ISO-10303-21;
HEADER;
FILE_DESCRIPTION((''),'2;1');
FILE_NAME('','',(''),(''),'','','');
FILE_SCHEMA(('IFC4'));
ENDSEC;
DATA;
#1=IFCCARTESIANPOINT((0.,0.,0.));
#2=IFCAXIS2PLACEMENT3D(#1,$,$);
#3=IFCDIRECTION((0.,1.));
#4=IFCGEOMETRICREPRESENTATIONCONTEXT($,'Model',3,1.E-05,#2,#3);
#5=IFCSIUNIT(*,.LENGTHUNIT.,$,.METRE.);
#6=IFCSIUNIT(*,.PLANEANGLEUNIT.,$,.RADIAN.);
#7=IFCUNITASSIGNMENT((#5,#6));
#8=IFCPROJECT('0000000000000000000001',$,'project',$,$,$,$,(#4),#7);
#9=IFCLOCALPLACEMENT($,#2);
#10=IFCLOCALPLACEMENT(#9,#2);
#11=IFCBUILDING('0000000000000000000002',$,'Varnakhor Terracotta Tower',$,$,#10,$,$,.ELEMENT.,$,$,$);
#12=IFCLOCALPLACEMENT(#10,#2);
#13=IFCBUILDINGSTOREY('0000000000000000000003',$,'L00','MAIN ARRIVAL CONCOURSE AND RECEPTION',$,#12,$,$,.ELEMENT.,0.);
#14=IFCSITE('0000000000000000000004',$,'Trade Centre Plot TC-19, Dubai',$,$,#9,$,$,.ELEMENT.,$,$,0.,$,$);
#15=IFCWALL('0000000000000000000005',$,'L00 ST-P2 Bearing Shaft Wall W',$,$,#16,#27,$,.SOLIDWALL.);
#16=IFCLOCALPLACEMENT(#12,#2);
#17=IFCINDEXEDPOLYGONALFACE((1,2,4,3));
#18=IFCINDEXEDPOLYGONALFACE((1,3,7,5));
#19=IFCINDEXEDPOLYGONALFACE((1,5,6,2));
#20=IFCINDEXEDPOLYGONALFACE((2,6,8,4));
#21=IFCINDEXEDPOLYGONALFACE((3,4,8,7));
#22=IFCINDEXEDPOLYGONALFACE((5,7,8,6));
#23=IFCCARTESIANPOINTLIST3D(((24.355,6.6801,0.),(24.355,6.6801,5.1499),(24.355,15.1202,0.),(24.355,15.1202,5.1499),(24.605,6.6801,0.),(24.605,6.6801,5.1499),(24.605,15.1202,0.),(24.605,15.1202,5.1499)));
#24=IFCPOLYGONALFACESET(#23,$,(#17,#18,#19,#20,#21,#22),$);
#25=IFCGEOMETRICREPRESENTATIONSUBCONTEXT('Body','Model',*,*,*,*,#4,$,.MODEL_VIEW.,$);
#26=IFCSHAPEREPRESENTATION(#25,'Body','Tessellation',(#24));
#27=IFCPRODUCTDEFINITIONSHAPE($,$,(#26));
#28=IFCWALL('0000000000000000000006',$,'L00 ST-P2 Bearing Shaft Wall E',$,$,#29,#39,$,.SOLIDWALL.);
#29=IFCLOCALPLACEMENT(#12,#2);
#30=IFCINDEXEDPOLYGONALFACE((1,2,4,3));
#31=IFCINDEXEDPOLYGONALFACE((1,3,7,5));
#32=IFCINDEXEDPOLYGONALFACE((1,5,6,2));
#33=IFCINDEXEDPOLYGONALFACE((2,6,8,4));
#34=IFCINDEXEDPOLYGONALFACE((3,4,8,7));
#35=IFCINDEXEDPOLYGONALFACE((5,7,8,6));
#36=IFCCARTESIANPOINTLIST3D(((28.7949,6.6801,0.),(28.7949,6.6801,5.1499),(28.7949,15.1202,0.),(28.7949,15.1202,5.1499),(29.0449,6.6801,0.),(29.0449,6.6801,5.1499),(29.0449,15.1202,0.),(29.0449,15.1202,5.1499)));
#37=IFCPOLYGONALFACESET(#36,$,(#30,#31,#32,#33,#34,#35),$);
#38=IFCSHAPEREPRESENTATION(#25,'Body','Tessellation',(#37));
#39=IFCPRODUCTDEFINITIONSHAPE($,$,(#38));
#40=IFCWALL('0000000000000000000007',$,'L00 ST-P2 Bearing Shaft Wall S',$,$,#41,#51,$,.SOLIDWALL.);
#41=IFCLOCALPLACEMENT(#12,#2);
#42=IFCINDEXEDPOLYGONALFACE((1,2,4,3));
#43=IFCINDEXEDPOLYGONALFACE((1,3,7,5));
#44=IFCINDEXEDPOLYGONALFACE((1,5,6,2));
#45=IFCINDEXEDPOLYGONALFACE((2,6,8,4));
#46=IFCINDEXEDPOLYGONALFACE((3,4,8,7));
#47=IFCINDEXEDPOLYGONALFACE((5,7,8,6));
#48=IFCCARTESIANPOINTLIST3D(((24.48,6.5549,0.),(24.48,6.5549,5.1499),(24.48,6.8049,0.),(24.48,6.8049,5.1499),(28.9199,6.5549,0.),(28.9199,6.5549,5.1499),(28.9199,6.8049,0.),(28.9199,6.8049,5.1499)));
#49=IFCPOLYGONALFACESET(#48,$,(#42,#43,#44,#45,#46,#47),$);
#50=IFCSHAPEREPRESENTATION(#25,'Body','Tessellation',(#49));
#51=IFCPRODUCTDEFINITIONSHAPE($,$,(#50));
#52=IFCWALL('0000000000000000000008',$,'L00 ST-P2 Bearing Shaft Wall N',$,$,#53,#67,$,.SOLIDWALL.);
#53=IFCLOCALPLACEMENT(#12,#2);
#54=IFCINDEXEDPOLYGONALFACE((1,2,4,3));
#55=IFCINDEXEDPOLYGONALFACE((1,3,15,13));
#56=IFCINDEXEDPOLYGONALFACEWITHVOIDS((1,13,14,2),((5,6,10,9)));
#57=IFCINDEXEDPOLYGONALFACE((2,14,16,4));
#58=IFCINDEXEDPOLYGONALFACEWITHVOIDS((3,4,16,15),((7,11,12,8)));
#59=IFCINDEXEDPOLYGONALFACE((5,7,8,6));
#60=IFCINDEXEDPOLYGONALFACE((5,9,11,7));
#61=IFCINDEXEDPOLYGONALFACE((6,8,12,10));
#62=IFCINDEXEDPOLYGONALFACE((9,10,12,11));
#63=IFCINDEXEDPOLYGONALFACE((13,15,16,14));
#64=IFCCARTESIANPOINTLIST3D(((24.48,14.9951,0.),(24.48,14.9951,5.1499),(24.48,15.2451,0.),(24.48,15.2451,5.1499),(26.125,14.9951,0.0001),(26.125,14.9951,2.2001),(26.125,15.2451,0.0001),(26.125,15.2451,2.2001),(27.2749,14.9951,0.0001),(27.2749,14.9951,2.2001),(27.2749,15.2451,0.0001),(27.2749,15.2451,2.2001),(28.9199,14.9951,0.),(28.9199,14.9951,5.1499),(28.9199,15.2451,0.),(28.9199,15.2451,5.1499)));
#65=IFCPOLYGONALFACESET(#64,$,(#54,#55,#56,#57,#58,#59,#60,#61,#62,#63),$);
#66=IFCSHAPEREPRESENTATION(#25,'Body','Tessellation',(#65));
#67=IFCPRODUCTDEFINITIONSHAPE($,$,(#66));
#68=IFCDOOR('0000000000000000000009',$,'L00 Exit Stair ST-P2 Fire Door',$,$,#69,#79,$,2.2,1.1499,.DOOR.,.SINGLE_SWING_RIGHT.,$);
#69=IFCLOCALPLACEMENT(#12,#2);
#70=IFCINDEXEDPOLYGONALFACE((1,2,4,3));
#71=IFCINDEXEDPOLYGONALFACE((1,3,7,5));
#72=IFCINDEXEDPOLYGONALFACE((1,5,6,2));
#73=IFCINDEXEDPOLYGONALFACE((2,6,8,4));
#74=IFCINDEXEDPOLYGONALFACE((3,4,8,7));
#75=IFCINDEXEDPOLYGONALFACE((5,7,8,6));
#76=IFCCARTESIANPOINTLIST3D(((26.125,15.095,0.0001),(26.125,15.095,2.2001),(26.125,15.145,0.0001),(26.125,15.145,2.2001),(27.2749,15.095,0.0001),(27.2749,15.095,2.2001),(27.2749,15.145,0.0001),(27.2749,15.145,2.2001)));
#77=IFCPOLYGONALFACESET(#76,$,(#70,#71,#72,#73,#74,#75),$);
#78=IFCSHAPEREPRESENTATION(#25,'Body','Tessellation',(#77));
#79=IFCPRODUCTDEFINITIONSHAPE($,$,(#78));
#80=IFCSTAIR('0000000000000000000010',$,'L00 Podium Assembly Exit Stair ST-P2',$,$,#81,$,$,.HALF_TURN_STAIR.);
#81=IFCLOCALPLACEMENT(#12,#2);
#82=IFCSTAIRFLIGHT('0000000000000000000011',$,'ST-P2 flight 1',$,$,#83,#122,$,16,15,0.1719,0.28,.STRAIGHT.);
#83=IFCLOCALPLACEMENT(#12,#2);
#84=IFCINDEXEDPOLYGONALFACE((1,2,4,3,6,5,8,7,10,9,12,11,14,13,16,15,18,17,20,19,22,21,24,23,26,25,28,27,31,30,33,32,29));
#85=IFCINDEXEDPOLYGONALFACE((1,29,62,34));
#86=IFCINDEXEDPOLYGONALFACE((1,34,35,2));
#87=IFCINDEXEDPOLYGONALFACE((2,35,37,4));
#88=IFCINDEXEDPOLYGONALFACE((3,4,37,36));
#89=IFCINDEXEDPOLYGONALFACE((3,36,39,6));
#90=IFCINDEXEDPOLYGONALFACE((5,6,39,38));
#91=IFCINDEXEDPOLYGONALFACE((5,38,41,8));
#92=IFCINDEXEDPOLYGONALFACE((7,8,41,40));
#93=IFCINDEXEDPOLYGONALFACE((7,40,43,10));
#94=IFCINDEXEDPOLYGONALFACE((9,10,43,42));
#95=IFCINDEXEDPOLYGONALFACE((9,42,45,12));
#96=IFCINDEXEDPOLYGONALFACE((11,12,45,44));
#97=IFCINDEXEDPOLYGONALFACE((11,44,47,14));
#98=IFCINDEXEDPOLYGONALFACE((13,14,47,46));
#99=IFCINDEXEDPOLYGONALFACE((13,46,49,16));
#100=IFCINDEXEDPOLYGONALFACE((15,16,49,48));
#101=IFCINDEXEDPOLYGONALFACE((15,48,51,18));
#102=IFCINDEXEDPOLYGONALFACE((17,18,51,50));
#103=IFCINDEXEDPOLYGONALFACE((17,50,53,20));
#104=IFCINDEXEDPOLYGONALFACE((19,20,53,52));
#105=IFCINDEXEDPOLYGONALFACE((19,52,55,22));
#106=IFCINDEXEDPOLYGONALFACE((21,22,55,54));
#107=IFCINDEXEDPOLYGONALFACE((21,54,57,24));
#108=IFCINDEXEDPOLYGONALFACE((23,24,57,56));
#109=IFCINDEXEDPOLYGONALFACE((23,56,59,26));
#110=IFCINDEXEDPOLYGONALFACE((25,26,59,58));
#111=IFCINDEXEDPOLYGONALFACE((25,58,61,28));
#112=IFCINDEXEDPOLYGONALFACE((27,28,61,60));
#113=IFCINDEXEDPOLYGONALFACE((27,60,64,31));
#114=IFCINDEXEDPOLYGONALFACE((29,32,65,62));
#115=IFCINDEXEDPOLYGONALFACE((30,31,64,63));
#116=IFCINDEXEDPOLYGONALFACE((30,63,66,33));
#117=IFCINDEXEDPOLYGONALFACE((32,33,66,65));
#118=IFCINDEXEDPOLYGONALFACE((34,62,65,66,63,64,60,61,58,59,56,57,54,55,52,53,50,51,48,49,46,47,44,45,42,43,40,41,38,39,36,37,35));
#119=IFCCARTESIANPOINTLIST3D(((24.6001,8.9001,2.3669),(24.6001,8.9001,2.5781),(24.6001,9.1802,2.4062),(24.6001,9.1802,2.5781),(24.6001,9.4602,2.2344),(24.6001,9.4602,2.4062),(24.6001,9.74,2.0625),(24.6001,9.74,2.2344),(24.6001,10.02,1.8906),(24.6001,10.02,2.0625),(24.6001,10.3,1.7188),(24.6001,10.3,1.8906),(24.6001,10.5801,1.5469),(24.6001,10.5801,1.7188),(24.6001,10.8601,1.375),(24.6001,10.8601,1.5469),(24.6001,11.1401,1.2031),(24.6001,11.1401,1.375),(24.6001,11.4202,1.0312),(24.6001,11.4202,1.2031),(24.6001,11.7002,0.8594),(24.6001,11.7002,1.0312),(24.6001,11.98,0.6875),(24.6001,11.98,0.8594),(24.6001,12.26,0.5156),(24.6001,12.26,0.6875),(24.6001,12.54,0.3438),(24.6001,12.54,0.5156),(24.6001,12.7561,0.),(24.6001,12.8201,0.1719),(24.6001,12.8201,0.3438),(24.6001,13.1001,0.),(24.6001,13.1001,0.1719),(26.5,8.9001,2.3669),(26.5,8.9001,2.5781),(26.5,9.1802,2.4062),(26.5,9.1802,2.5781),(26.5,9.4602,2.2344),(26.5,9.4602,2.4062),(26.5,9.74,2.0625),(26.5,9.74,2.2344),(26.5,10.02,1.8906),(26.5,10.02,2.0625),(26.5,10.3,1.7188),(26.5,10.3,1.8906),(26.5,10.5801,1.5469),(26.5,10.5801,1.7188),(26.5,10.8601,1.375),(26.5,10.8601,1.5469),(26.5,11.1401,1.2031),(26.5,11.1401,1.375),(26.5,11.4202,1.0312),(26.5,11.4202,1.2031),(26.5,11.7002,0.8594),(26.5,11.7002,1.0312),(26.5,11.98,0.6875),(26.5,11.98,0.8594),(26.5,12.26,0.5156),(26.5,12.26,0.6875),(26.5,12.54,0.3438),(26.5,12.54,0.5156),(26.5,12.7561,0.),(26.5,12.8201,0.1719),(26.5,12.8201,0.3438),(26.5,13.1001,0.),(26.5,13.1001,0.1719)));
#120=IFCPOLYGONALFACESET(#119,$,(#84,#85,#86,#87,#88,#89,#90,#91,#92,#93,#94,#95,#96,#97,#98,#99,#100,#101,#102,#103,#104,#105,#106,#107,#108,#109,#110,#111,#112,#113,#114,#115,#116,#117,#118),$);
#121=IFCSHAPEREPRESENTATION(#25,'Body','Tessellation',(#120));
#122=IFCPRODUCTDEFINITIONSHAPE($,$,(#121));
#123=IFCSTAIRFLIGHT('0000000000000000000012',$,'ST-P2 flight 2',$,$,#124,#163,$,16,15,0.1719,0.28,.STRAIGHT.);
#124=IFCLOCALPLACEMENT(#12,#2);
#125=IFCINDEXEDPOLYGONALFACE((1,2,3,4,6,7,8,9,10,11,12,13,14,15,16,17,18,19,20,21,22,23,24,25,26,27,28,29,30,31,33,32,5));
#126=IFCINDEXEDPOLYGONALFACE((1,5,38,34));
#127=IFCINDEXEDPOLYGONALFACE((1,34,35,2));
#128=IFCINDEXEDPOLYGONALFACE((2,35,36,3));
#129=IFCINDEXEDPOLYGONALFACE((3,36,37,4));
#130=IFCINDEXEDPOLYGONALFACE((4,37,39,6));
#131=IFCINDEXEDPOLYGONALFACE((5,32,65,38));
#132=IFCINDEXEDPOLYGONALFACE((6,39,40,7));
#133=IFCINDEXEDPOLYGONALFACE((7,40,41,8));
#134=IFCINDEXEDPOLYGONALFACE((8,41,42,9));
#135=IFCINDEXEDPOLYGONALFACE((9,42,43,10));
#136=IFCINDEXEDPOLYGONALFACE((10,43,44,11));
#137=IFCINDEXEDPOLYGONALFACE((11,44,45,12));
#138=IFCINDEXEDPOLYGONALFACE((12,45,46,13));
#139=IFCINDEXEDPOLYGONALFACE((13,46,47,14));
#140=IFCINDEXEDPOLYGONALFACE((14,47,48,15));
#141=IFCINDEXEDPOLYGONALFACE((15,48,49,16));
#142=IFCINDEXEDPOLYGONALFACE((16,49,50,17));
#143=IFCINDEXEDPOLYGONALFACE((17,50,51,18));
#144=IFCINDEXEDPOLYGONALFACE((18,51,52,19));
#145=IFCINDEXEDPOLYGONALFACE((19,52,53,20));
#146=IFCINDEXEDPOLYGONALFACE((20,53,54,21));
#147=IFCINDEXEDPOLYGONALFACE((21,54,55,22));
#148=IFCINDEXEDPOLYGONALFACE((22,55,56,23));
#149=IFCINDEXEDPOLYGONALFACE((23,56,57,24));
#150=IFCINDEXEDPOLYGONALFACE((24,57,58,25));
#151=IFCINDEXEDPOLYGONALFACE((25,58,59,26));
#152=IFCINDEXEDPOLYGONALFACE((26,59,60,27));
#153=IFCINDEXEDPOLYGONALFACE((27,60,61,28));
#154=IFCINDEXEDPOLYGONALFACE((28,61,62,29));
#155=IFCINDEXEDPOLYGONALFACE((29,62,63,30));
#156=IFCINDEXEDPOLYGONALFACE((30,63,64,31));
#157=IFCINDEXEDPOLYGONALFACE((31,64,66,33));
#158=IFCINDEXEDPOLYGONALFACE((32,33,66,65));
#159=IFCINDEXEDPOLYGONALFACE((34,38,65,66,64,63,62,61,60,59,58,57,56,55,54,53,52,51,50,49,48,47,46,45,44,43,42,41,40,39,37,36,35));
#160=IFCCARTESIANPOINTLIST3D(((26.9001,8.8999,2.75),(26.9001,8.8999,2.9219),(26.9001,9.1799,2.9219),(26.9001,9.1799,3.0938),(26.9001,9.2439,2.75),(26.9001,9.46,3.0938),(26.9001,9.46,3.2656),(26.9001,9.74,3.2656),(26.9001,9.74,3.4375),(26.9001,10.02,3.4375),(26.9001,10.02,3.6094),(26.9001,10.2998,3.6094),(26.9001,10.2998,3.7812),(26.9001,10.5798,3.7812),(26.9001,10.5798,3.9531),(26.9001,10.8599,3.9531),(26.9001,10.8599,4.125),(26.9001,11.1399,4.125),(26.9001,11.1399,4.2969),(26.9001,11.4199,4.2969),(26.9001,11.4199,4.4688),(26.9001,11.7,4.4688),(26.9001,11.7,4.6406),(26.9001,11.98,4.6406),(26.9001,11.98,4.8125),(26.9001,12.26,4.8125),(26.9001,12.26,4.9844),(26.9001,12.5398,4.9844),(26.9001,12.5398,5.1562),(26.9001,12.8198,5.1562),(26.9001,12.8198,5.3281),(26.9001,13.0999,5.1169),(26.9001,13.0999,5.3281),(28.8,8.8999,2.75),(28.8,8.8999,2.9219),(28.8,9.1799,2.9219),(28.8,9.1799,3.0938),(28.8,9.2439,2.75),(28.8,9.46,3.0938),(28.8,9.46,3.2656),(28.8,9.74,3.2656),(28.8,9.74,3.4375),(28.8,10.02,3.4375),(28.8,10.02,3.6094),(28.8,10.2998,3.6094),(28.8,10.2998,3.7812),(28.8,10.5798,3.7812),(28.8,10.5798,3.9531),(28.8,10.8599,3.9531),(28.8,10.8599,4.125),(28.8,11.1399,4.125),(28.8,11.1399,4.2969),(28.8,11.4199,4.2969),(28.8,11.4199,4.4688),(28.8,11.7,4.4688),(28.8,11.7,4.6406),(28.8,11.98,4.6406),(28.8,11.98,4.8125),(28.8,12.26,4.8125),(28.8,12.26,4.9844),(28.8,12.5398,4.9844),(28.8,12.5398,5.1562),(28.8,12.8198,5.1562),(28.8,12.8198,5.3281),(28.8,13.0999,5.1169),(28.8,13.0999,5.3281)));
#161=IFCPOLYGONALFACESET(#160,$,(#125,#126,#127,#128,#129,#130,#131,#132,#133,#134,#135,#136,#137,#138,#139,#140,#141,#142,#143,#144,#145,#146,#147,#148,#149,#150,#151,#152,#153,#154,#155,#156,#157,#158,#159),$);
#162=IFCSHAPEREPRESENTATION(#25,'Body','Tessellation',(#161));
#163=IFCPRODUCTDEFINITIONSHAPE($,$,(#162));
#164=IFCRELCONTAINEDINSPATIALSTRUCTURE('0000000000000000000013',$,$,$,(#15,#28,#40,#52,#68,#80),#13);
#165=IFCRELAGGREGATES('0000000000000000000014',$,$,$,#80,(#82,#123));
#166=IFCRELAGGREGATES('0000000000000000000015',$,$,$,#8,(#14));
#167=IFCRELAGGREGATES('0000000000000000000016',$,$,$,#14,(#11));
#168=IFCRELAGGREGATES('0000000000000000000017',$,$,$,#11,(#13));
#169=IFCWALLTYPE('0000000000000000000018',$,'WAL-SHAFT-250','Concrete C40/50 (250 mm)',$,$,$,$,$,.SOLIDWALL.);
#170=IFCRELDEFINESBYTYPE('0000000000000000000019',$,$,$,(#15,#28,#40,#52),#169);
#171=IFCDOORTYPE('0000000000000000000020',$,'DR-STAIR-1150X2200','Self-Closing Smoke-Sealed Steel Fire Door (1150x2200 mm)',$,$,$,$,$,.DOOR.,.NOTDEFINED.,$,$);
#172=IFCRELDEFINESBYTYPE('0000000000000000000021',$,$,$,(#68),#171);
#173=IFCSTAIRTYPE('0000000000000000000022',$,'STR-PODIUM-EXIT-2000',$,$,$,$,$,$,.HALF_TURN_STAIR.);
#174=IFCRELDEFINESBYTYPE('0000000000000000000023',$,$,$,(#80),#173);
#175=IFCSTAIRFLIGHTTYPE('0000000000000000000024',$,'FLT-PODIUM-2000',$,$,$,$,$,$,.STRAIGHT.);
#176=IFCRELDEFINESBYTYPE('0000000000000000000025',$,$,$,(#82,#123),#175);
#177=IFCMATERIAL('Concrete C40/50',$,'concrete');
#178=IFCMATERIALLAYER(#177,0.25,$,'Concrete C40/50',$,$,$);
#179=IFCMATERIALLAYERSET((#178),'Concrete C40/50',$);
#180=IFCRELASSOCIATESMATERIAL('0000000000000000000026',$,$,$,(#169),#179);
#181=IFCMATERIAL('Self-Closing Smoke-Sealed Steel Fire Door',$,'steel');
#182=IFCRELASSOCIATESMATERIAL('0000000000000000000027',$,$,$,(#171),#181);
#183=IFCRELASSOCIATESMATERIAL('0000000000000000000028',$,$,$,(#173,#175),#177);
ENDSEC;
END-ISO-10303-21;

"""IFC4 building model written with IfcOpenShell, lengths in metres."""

from ifc_helpers import new_model, si_unit, direction, frame, frame_2d, origin, place, context, subcontext, project, spatial, polyline, rectangle, outline, extrude, source, transform, mapped, material, layer, layer_set, type_object, type_shapes, element, fill, aggregate, save


model = new_model("IFC4")

# Units and contexts
model_context = context("Model", 3, precision=1e-05, world=origin(), true_north=direction((0.0, 1.0)))
body_context = subcontext(model_context, "Body", "Model", "MODEL_VIEW")
ifc_project = project(units=[si_unit("LENGTHUNIT", "METRE"), si_unit("PLANEANGLEUNIT", "RADIAN")], contexts=[model_context])

# Site, building, storey
site_placement = place(None, origin())
site = spatial("IfcSite", under=ifc_project, at=site_placement, Name="Trade Centre Plot TC-19, Dubai", CompositionType="ELEMENT", RefElevation=0.0)
building_placement = place(site_placement, origin())
building = spatial("IfcBuilding", under=site, at=building_placement, Name="Varnakhor Terracotta Tower", CompositionType="ELEMENT")
storey_placement = place(building_placement, origin())
storey = spatial("IfcBuildingStorey", under=building, at=storey_placement, Name="L00", Description="MAIN ARRIVAL CONCOURSE AND RECEPTION", CompositionType="ELEMENT", Elevation=0.0)

# Walls
ifc_material_1 = material(Name="Concrete C40/50", Category="concrete")
ifc_layer_1 = layer(ifc_material_1, 0.25, Name="Concrete C40/50")
ifc_layer_set_1 = layer_set([ifc_layer_1], Name="Concrete C40/50")
wall_type_1 = type_object("IfcWallType", Name="WAL-SHAFT-250", Description="Concrete C40/50 (250 mm)", PredefinedType="SOLIDWALL", material=ifc_layer_set_1)
for number, where, z_axis, x_axis, name in (
    (1, (24.48, 6.6799, 0.0), (0.0, 0.0, 1.0), (0.0, 1.0, 0.0), "L00 ST-P2 Bearing Shaft Wall W"),
    (2, (28.9199, 6.6799, 0.0), (0.0, 0.0, 1.0), (0.0, 1.0, 0.0), "L00 ST-P2 Bearing Shaft Wall E"),
):
    element("IfcWall", number, at=place(storey_placement, frame(where, z_axis=z_axis, x_axis=x_axis)), inside=storey, type_object=wall_type_1, Name=name, PredefinedType="SOLIDWALL", context=body_context, shape_type="SweptSolid", body=[
        extrude(rectangle(XDim=8.4402, YDim=0.25, at=frame_2d((4.2202, 0.0))), origin(), (0.0, 0.0, 1.0), 5.1499),
    ])
wall_1_placement = place(storey_placement, frame((28.9199, 6.6799, 0.0), z_axis=(0.0, 0.0, 1.0), x_axis=(-1.0, 0.0, 0.0)))
element("IfcWall", 3, at=wall_1_placement, inside=storey, type_object=wall_type_1, Name="L00 ST-P2 Bearing Shaft Wall S", PredefinedType="SOLIDWALL", context=body_context, shape_type="SweptSolid", body=[
    extrude(rectangle(XDim=4.4399, YDim=0.25, at=frame_2d((2.22, 0.0))), origin(), (0.0, 0.0, 1.0), 5.1499),
])

# Wall, opening, door
wall_2_placement = place(storey_placement, frame((24.48, 15.1201, 0.0), z_axis=(0.0, 0.0, 1.0), x_axis=(1.0, 0.0, 0.0)))
wall_2 = element("IfcWall", 4, at=wall_2_placement, inside=storey, type_object=wall_type_1, Name="L00 ST-P2 Bearing Shaft Wall N", PredefinedType="SOLIDWALL", context=body_context, shape_type="SweptSolid", body=[
    extrude(rectangle(XDim=4.4399, YDim=0.25, at=frame_2d((2.22, 0.0))), origin(), (0.0, 0.0, 1.0), 5.1499),
])
opening_1_placement = place(wall_2_placement, frame((1.645, 0.0, 0.0)))
opening_1 = element("IfcOpeningElement", 5, at=opening_1_placement, cuts=wall_2, PredefinedType="OPENING", context=body_context, shape_type="SweptSolid", body=[
    extrude(rectangle(XDim=1.1499, YDim=2.2, at=frame_2d((0.575, 1.1001))), frame((0.0, 0.135, 0.0), z_axis=(0.0, -1.0, 0.0), x_axis=(1.0, 0.0, 0.0)), (0.0, 0.0, 1.0), 0.27),
])
ifc_material_2 = material(Name="Self-Closing Smoke-Sealed Steel Fire Door", Category="steel")
door_type_1 = type_object("IfcDoorType", Name="DR-STAIR-1150X2200", Description="Self-Closing Smoke-Sealed Steel Fire Door (1150x2200 mm)", OperationType="NOTDEFINED", PredefinedType="DOOR", material=ifc_material_2)
shared_shape_1 = source(origin(), body_context, "Body", "SweptSolid", [
    extrude(rectangle(XDim=1.1499, YDim=2.2, at=frame_2d((0.575, 1.1001))), frame((0.0, 0.0249, 0.0), z_axis=(0.0, -1.0, 0.0), x_axis=(1.0, 0.0, 0.0)), (0.0, 0.0, 1.0), 0.05),
])
type_shapes(door_type_1, [shared_shape_1])
door_1_placement = place(opening_1_placement, origin())
door_1 = element("IfcDoor", 6, at=door_1_placement, inside=storey, type_object=door_type_1, Name="L00 Exit Stair ST-P2 Fire Door", OperationType="SINGLE_SWING_RIGHT", OverallHeight=2.2, OverallWidth=1.1499, PredefinedType="DOOR", context=body_context, shape_type="MappedRepresentation", body=[
    mapped(shared_shape_1, transform((0.0, 0.0, 0.0), scale=1.0)),
])
fill(opening_1, door_1)

# Stair, stair flights
stair_type = type_object("IfcStairType", Name="STR-PODIUM-EXIT-2000", PredefinedType="HALF_TURN_STAIR", material=ifc_material_1)
stair_placement = place(storey_placement, origin())
stair = element("IfcStair", 7, at=stair_placement, inside=storey, type_object=stair_type, Name="L00 Podium Assembly Exit Stair ST-P2", PredefinedType="HALF_TURN_STAIR")
stair_flight_type = type_object("IfcStairFlightType", Name="FLT-PODIUM-2000", PredefinedType="STRAIGHT", material=ifc_material_1)
stair_flight_1_placement = place(storey_placement, frame((25.55, 13.1001, 0.0), z_axis=(0.0, 0.0, 1.0), x_axis=(0.0, -1.0, 0.0)))
stair_flight_1 = element("IfcStairFlight", 8, at=stair_flight_1_placement, type_object=stair_flight_type, Name="ST-P2 flight 1", NumberOfRisers=16, NumberOfTreads=15, PredefinedType="STRAIGHT", RiserHeight=0.1719, TreadLength=0.28, context=body_context, shape_type="SweptSolid", body=[
    extrude(outline(polyline([(0.0, 0.0), (0.0, 0.1719), (0.28, 0.1719), (0.28, 0.3438), (0.5601, 0.3438), (0.5601, 0.5156), (0.8401, 0.5156), (0.8401, 0.6875), (1.1201, 0.6875), (1.1201, 0.8594), (1.3999, 0.8594), (1.3999, 1.0312), (1.6799, 1.0312), (1.6799, 1.2031), (1.96, 1.2031), (1.96, 1.375), (2.24, 1.375), (2.24, 1.5469), (2.52, 1.5469), (2.52, 1.7188), (2.8, 1.7188), (2.8, 1.8906), (3.0801, 1.8906), (3.0801, 2.0625), (3.3601, 2.0625), (3.3601, 2.2344), (3.6399, 2.2344), (3.6399, 2.4062), (3.9199, 2.4062), (3.9199, 2.5781), (4.2, 2.5781), (4.2, 2.75), (4.2, 2.3669), (0.344, 0.0), (0.0, 0.0)])), frame((0.0, 0.95, 0.0), z_axis=(0.0, -1.0, 0.0), x_axis=(1.0, 0.0, 0.0)), (0.0, 0.0, 1.0), 1.8999),
])
stair_flight_2_placement = place(storey_placement, frame((27.8501, 8.8999, 2.75), z_axis=(0.0, 0.0, 1.0), x_axis=(0.0, 1.0, 0.0)))
stair_flight_2 = element("IfcStairFlight", 9, at=stair_flight_2_placement, type_object=stair_flight_type, Name="ST-P2 flight 2", NumberOfRisers=16, NumberOfTreads=15, PredefinedType="STRAIGHT", RiserHeight=0.1719, TreadLength=0.28, context=body_context, shape_type="SweptSolid", body=[
    extrude(outline(polyline([(0.0, 0.0), (0.0, 0.1719), (0.28, 0.1719), (0.28, 0.3438), (0.5601, 0.3438), (0.5601, 0.5156), (0.8401, 0.5156), (0.8401, 0.6875), (1.1201, 0.6875), (1.1201, 0.8594), (1.3999, 0.8594), (1.3999, 1.0312), (1.6799, 1.0312), (1.6799, 1.2031), (1.96, 1.2031), (1.96, 1.375), (2.24, 1.375), (2.24, 1.5469), (2.52, 1.5469), (2.52, 1.7188), (2.8, 1.7188), (2.8, 1.8906), (3.0801, 1.8906), (3.0801, 2.0625), (3.3601, 2.0625), (3.3601, 2.2344), (3.6399, 2.2344), (3.6399, 2.4062), (3.9199, 2.4062), (3.9199, 2.5781), (4.2, 2.5781), (4.2, 2.75), (4.2, 2.3669), (0.344, 0.0), (0.0, 0.0)])), frame((0.0, 0.95, 0.0), z_axis=(0.0, -1.0, 0.0), x_axis=(1.0, 0.0, 0.0)), (0.0, 0.0, 1.0), 1.8999),
])
aggregate(stair, [stair_flight_1, stair_flight_2])

save(model, "model.ifc")
